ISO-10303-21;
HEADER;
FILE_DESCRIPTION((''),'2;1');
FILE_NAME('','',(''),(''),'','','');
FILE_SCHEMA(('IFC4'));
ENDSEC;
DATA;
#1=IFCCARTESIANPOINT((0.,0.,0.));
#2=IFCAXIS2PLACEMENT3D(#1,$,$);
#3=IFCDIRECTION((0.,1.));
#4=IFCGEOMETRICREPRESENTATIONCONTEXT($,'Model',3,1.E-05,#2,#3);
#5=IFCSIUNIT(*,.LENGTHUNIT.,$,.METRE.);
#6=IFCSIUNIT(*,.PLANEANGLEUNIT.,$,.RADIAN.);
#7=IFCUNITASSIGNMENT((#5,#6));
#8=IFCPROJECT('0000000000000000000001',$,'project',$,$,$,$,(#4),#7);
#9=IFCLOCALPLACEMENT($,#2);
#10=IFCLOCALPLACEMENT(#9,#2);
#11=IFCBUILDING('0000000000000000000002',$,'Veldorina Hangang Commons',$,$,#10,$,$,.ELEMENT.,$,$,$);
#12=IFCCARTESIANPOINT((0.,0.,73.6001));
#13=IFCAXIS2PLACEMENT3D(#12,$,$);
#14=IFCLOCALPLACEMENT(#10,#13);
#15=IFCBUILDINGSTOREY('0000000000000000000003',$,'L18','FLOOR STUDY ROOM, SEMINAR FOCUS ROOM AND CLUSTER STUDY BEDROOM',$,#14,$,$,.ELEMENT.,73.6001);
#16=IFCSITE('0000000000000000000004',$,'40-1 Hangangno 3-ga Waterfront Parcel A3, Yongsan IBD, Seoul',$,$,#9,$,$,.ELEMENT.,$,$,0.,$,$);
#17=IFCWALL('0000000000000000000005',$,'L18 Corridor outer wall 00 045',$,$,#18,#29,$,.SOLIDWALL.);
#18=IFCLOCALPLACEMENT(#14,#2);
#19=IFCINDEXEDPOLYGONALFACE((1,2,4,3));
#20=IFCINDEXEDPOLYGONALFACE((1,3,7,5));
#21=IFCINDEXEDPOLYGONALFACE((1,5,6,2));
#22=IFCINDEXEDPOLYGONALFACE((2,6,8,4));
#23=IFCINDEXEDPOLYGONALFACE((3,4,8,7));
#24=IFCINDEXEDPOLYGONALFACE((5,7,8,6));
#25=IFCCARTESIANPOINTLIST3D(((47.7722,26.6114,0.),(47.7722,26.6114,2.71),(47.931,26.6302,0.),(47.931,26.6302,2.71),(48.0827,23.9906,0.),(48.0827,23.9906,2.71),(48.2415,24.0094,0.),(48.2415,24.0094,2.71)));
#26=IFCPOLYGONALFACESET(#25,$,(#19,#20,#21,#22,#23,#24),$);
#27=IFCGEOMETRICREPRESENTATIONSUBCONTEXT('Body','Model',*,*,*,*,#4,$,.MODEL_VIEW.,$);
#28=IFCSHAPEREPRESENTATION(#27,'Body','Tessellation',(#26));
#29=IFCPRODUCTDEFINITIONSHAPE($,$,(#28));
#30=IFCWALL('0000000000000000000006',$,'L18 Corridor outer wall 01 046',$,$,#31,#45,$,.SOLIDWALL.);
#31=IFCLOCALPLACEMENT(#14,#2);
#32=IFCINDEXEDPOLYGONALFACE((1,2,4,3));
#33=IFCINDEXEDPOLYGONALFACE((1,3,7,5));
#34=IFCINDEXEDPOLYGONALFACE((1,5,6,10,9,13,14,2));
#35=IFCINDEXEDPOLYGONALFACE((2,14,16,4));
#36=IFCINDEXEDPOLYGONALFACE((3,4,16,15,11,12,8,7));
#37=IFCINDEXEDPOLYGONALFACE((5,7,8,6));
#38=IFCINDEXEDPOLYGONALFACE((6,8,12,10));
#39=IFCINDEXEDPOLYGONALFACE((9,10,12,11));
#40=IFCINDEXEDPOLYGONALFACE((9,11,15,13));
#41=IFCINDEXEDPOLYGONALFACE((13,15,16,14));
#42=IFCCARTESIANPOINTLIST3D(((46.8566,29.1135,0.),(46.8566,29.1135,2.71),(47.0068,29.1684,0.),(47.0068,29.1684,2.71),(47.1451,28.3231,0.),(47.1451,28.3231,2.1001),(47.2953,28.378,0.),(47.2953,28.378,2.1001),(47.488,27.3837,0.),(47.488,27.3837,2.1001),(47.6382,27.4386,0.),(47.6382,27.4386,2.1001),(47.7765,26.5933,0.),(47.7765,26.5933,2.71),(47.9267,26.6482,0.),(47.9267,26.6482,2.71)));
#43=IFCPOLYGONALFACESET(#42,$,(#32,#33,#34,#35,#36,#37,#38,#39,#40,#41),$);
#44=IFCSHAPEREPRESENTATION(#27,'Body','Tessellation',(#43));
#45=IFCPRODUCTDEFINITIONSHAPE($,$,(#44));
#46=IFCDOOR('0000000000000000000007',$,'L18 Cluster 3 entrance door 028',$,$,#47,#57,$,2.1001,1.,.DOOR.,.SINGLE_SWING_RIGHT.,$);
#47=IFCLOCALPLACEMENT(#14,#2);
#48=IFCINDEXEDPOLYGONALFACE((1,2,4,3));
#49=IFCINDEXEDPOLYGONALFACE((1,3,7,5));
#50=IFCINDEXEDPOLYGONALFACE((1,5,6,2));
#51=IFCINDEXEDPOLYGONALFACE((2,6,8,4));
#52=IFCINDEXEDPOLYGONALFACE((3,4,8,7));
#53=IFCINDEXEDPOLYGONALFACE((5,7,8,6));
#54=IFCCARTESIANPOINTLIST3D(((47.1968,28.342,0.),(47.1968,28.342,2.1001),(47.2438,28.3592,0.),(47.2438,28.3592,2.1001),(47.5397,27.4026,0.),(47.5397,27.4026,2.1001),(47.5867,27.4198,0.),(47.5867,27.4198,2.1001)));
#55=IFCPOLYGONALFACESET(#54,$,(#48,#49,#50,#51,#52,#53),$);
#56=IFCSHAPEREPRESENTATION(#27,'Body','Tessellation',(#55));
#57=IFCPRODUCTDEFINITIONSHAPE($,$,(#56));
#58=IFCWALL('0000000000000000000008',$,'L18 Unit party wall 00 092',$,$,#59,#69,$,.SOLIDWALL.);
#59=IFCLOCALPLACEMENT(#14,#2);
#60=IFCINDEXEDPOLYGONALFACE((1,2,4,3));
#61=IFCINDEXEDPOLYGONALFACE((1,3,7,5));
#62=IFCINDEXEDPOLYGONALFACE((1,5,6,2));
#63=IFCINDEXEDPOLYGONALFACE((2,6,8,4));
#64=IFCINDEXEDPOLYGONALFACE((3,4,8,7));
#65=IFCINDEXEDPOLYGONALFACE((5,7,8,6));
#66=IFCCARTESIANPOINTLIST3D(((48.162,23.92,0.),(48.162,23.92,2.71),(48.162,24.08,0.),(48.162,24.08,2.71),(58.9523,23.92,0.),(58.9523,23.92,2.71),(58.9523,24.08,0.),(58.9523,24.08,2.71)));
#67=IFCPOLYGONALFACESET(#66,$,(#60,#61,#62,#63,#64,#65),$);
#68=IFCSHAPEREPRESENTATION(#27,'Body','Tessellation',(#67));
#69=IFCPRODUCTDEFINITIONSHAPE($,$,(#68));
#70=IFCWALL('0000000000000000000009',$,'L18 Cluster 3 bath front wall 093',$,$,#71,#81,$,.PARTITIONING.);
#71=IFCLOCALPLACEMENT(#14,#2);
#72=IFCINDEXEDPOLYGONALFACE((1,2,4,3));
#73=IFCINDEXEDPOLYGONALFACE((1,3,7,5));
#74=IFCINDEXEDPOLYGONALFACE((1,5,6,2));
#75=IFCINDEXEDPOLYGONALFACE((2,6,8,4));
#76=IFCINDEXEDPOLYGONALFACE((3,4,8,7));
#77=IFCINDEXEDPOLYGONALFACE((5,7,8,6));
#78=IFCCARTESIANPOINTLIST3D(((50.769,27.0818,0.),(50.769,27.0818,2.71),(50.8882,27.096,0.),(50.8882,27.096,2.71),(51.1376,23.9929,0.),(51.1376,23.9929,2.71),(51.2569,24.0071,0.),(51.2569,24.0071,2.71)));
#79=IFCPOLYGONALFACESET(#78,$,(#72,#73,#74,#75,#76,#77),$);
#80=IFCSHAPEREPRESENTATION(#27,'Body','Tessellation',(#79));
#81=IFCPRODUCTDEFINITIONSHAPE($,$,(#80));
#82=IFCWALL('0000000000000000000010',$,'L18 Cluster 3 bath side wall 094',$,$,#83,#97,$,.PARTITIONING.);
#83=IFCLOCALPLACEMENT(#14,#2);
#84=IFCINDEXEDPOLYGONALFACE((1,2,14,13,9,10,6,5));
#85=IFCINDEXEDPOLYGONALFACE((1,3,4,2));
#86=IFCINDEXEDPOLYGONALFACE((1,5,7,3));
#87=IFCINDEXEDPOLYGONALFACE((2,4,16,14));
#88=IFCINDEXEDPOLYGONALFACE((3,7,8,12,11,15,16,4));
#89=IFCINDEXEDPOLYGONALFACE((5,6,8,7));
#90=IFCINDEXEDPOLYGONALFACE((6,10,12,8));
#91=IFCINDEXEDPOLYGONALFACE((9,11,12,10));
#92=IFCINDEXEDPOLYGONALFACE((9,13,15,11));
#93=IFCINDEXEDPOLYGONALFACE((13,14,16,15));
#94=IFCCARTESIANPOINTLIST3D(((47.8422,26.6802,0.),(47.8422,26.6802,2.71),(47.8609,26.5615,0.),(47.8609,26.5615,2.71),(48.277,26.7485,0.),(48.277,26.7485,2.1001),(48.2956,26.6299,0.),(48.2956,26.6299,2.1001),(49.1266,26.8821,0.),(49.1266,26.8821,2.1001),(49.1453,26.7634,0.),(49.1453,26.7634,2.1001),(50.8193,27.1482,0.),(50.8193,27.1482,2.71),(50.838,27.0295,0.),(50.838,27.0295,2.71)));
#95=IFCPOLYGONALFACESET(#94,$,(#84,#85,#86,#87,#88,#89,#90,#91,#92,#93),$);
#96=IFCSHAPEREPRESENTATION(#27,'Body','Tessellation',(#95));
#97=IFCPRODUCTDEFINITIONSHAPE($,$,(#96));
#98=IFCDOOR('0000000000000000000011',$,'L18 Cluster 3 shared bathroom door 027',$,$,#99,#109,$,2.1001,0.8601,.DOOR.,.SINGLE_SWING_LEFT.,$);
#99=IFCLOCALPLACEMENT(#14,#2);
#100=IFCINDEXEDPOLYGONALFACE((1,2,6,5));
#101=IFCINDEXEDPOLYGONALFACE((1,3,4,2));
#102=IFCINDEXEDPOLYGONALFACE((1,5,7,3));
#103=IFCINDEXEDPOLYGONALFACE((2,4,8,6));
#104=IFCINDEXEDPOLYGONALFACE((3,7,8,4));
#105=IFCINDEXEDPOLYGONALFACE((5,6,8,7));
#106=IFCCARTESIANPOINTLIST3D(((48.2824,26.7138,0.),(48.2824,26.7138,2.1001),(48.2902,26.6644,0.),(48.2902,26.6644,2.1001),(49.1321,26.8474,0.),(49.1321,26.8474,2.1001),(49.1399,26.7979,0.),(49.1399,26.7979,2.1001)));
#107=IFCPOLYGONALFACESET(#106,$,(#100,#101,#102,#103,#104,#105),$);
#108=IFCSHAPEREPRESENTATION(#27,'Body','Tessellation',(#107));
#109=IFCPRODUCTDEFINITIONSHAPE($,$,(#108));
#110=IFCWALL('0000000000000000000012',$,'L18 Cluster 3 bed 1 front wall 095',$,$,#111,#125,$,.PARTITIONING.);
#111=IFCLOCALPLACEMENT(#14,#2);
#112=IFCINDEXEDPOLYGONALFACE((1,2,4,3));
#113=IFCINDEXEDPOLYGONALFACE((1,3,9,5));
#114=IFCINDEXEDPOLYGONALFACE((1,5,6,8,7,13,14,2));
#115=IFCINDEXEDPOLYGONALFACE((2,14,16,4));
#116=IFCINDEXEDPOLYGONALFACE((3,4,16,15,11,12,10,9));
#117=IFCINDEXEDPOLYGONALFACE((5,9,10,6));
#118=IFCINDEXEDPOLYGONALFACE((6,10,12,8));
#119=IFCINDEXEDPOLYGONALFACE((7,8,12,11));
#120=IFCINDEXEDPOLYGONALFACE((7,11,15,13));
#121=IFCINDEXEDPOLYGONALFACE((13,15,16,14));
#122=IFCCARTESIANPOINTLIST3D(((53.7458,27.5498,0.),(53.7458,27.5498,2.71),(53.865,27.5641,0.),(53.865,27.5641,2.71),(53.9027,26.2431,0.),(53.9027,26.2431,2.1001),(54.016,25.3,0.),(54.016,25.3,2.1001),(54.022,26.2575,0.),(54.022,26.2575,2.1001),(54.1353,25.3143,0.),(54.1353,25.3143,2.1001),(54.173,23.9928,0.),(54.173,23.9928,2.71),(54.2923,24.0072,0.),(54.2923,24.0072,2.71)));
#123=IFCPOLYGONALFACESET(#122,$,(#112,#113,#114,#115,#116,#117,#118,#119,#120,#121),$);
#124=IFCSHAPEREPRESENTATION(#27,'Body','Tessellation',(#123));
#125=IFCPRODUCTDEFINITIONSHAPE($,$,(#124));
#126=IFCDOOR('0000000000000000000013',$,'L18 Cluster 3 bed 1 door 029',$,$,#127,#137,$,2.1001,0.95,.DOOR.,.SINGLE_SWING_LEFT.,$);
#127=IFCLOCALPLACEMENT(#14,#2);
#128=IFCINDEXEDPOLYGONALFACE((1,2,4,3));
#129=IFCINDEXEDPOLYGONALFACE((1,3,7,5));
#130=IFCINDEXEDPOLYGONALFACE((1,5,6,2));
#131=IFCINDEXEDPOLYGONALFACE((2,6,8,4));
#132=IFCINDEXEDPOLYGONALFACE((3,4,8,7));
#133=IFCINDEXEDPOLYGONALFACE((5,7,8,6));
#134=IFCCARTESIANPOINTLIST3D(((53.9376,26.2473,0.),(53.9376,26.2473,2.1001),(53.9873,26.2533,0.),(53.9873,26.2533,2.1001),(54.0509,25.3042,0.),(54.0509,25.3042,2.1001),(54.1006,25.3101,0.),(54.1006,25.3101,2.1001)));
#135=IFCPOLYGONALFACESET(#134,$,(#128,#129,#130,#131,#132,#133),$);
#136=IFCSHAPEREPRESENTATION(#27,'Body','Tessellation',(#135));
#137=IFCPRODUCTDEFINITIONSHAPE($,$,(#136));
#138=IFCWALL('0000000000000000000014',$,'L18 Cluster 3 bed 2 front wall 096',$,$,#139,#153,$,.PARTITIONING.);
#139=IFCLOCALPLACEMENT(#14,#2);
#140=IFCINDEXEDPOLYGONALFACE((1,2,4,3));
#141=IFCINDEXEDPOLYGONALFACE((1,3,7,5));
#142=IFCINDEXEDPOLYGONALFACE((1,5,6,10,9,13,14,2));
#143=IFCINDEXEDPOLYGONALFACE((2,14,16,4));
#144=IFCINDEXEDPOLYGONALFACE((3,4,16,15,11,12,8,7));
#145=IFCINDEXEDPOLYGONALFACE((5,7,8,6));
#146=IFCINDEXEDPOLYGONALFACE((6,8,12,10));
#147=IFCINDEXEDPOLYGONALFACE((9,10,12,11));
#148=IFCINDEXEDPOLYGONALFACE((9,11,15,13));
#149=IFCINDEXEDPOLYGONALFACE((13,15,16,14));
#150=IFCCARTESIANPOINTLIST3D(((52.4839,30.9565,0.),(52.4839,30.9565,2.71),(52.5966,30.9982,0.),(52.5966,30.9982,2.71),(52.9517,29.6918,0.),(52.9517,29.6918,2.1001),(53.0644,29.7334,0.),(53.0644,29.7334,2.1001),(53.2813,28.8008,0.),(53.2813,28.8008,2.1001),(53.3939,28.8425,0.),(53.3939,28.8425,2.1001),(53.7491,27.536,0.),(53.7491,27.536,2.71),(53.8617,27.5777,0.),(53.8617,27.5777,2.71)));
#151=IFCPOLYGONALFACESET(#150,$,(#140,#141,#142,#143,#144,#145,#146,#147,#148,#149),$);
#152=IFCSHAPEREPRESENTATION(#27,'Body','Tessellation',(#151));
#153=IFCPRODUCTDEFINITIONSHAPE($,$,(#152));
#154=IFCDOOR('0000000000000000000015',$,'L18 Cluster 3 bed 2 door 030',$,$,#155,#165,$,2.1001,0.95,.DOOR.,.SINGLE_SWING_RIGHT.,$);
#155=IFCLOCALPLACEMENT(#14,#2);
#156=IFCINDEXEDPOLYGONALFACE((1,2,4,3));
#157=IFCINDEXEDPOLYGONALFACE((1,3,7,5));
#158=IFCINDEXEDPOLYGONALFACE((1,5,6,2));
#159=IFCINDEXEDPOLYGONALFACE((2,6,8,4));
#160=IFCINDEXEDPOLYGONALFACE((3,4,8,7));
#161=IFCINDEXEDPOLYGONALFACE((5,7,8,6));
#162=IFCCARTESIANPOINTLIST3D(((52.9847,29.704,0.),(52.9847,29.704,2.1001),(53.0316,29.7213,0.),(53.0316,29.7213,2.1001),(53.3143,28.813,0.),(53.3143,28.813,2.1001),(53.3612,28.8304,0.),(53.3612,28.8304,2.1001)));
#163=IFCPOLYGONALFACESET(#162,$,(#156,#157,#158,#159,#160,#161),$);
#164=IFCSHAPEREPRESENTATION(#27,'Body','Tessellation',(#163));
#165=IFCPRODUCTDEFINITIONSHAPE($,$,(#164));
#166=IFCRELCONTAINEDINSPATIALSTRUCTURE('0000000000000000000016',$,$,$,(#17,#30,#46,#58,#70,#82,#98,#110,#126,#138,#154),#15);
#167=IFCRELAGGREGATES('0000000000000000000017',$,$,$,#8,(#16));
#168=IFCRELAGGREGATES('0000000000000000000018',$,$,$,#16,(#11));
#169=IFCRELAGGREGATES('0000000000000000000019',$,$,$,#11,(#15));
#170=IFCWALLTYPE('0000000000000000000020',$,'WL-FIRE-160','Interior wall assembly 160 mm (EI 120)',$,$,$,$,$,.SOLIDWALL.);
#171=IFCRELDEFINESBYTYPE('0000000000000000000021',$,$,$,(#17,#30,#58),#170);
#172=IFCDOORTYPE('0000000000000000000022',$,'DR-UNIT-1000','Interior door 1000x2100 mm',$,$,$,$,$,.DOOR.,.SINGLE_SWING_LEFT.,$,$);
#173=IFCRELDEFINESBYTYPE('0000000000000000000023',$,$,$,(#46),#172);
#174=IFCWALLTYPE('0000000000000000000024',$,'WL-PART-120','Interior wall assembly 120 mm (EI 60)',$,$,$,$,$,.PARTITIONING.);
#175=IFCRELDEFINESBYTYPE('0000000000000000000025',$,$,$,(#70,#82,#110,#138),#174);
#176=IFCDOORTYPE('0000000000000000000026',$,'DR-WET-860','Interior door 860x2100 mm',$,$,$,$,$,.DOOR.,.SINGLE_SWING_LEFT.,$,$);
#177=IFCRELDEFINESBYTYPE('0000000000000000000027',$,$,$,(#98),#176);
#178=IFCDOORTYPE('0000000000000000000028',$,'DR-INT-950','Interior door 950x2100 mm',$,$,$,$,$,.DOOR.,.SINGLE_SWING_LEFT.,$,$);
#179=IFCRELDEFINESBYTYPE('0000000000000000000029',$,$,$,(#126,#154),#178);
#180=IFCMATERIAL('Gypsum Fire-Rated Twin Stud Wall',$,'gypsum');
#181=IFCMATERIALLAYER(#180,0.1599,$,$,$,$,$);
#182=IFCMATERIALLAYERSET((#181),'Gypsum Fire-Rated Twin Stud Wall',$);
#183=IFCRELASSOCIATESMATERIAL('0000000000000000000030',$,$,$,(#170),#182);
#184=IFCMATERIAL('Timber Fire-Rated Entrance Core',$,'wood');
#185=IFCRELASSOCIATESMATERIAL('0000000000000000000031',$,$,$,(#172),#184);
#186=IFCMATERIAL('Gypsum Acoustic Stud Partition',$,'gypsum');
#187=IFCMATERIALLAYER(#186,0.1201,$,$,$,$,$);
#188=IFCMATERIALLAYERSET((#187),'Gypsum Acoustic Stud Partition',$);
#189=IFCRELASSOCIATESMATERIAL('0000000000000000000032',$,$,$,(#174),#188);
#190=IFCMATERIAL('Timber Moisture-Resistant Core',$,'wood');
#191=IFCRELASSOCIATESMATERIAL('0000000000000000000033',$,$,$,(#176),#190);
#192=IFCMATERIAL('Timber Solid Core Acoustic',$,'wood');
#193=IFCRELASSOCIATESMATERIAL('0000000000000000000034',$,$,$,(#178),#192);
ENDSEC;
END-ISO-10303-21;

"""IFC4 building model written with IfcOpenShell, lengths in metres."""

from ifc_helpers import new_model, si_unit, direction, frame, frame_2d, origin, place, context, subcontext, project, spatial, rectangle, extrude, material, layer, layer_set, type_object, element, fill, save


model = new_model("IFC4")

# Units and contexts
model_context = context("Model", 3, precision=1e-05, world=origin(), true_north=direction((0.0, 1.0)))
body_context = subcontext(model_context, "Body", "Model", "MODEL_VIEW")
ifc_project = project(units=[si_unit("LENGTHUNIT", "METRE"), si_unit("PLANEANGLEUNIT", "RADIAN")], contexts=[model_context])

# Site, building, storey
site_placement = place(None, origin())
site = spatial("IfcSite", under=ifc_project, at=site_placement, Name="40-1 Hangangno 3-ga Waterfront Parcel A3, Yongsan IBD, Seoul", CompositionType="ELEMENT", RefElevation=0.0)
building_placement = place(site_placement, origin())
building = spatial("IfcBuilding", under=site, at=building_placement, Name="Veldorina Hangang Commons", CompositionType="ELEMENT")
storey_placement = place(building_placement, frame((0.0, 0.0, 73.6001)))
storey = spatial("IfcBuildingStorey", under=building, at=storey_placement, Name="L18", Description="FLOOR STUDY ROOM, SEMINAR FOCUS ROOM AND CLUSTER STUDY BEDROOM", CompositionType="ELEMENT", Elevation=73.6001)

# Wall
ifc_material_1 = material(Name="Gypsum Fire-Rated Twin Stud Wall", Category="gypsum")
ifc_layer_1 = layer(ifc_material_1, 0.1599)
ifc_layer_set_1 = layer_set([ifc_layer_1], Name="Gypsum Fire-Rated Twin Stud Wall")
wall_type_1 = type_object("IfcWallType", Name="WL-FIRE-160", Description="Interior wall assembly 160 mm (EI 120)", PredefinedType="SOLIDWALL", material=ifc_layer_set_1)
wall_1_placement = place(storey_placement, frame((48.1621, 24.0, 0.0), z_axis=(0.0, 0.0, 1.0), x_axis=(-0.117668, 0.993053, 0.0)))
element("IfcWall", 1, at=wall_1_placement, inside=storey, type_object=wall_type_1, Name="L18 Corridor outer wall 00 045", PredefinedType="SOLIDWALL", context=body_context, shape_type="SweptSolid", body=[
    extrude(rectangle(XDim=2.6392, YDim=0.1599, at=frame_2d((1.3196, 0.0))), origin(), (0.0, 0.0, 1.0), 2.71),
])

# Wall, opening, door
wall_2_placement = place(storey_placement, frame((47.8516, 26.6208, 0.0), z_axis=(0.0, 0.0, 1.0), x_axis=(-0.342883, 0.939378, 0.0)))
wall_2 = element("IfcWall", 2, at=wall_2_placement, inside=storey, type_object=wall_type_1, Name="L18 Corridor outer wall 01 046", PredefinedType="SOLIDWALL", context=body_context, shape_type="SweptSolid", body=[
    extrude(rectangle(XDim=2.6829, YDim=0.1599, at=frame_2d((1.3413, 0.0))), origin(), (0.0, 0.0, 1.0), 2.71),
])
opening_1_placement = place(wall_2_placement, frame((0.8413, 0.0, 0.0)))
opening_1 = element("IfcOpeningElement", 3, at=opening_1_placement, cuts=wall_2, PredefinedType="OPENING", context=body_context, shape_type="SweptSolid", body=[
    extrude(rectangle(XDim=1.0, YDim=2.1001, at=frame_2d((0.5, 1.05))), frame((0.0, 0.0898, 0.0), z_axis=(0.0, -1.0, 0.0), x_axis=(1.0, 0.0, 0.0)), (0.0, 0.0, 1.0), 0.1799),
])
ifc_material_2 = material(Name="Timber Fire-Rated Entrance Core", Category="wood")
door_type_1 = type_object("IfcDoorType", Name="DR-UNIT-1000", Description="Interior door 1000x2100 mm", OperationType="SINGLE_SWING_LEFT", PredefinedType="DOOR", material=ifc_material_2)
door_1_placement = place(opening_1_placement, origin())
door_1 = element("IfcDoor", 4, at=door_1_placement, inside=storey, type_object=door_type_1, Name="L18 Cluster 3 entrance door 028", OperationType="SINGLE_SWING_RIGHT", OverallHeight=2.1001, OverallWidth=1.0, PredefinedType="DOOR", context=body_context, shape_type="SweptSolid", body=[
    extrude(rectangle(XDim=1.0, YDim=2.1001, at=frame_2d((0.5, 1.05))), frame((0.0, 0.0249, 0.0), z_axis=(0.0, -1.0, 0.0), x_axis=(1.0, 0.0, 0.0)), (0.0, 0.0, 1.0), 0.05),
])
fill(opening_1, door_1)

# Walls
wall_3_placement = place(storey_placement, frame((48.1621, 24.0, 0.0), z_axis=(0.0, 0.0, 1.0), x_axis=(1.0, 0.0, 0.0)))
element("IfcWall", 5, at=wall_3_placement, inside=storey, type_object=wall_type_1, Name="L18 Unit party wall 00 092", PredefinedType="SOLIDWALL", context=body_context, shape_type="SweptSolid", body=[
    extrude(rectangle(XDim=10.7903, YDim=0.1599, at=frame_2d((5.395, 0.0))), origin(), (0.0, 0.0, 1.0), 2.71),
])
ifc_material_3 = material(Name="Gypsum Acoustic Stud Partition", Category="gypsum")
ifc_layer_2 = layer(ifc_material_3, 0.1201)
ifc_layer_set_2 = layer_set([ifc_layer_2], Name="Gypsum Acoustic Stud Partition")
wall_type_2 = type_object("IfcWallType", Name="WL-PART-120", Description="Interior wall assembly 120 mm (EI 60)", PredefinedType="PARTITIONING", material=ifc_layer_set_2)
wall_4_placement = place(storey_placement, frame((51.1973, 24.0, 0.0), z_axis=(0.0, 0.0, 1.0), x_axis=(-0.118508, 0.992953, 0.0)))
element("IfcWall", 6, at=wall_4_placement, inside=storey, type_object=wall_type_2, Name="L18 Cluster 3 bath front wall 093", PredefinedType="PARTITIONING", context=body_context, shape_type="SweptSolid", body=[
    extrude(rectangle(XDim=3.1108, YDim=0.1201, at=frame_2d((1.5554, 0.0))), origin(), (0.0, 0.0, 1.0), 2.71),
])

# Walls, openings, doors
wall_5_placement = place(storey_placement, frame((47.8516, 26.6208, 0.0), z_axis=(0.0, 0.0, 1.0), x_axis=(0.987867, 0.155301, 0.0)))
wall_5 = element("IfcWall", 7, at=wall_5_placement, inside=storey, type_object=wall_type_2, Name="L18 Cluster 3 bath side wall 094", PredefinedType="PARTITIONING", context=body_context, shape_type="SweptSolid", body=[
    extrude(rectangle(XDim=3.0137, YDim=0.1201, at=frame_2d((1.5068, 0.0))), origin(), (0.0, 0.0, 1.0), 2.71),
])
opening_2_placement = place(wall_5_placement, frame((0.4399, 0.0, 0.0)))
opening_2 = element("IfcOpeningElement", 8, at=opening_2_placement, cuts=wall_5, PredefinedType="OPENING", context=body_context, shape_type="SweptSolid", body=[
    extrude(rectangle(XDim=0.8601, YDim=2.1001, at=frame_2d((0.4302, 1.05))), frame((0.0, 0.0701, 0.0), z_axis=(0.0, -1.0, 0.0), x_axis=(1.0, 0.0, 0.0)), (0.0, 0.0, 1.0), 0.1401),
])
ifc_material_4 = material(Name="Timber Moisture-Resistant Core", Category="wood")
door_type_2 = type_object("IfcDoorType", Name="DR-WET-860", Description="Interior door 860x2100 mm", OperationType="SINGLE_SWING_LEFT", PredefinedType="DOOR", material=ifc_material_4)
door_2_placement = place(opening_2_placement, origin())
door_2 = element("IfcDoor", 9, at=door_2_placement, inside=storey, type_object=door_type_2, Name="L18 Cluster 3 shared bathroom door 027", OperationType="SINGLE_SWING_LEFT", OverallHeight=2.1001, OverallWidth=0.8601, PredefinedType="DOOR", context=body_context, shape_type="SweptSolid", body=[
    extrude(rectangle(XDim=0.8601, YDim=2.1001, at=frame_2d((0.4302, 1.05))), frame((0.0, 0.0249, 0.0), z_axis=(0.0, -1.0, 0.0), x_axis=(1.0, 0.0, 0.0)), (0.0, 0.0, 1.0), 0.05),
])
fill(opening_2, door_2)
wall_6_placement = place(storey_placement, frame((54.2327, 24.0, 0.0), z_axis=(0.0, 0.0, 1.0), x_axis=(-0.119261, 0.992863, 0.0)))
wall_6 = element("IfcWall", 10, at=wall_6_placement, inside=storey, type_object=wall_type_2, Name="L18 Cluster 3 bed 1 front wall 095", PredefinedType="PARTITIONING", context=body_context, shape_type="SweptSolid", body=[
    extrude(rectangle(XDim=3.5825, YDim=0.1201, at=frame_2d((1.7913, 0.0))), origin(), (0.0, 0.0, 1.0), 2.71),
])
opening_3_placement = place(wall_6_placement, frame((1.3164, 0.0, 0.0)))
opening_3 = element("IfcOpeningElement", 11, at=opening_3_placement, cuts=wall_6, PredefinedType="OPENING", context=body_context, shape_type="SweptSolid", body=[
    extrude(rectangle(XDim=0.95, YDim=2.1001, at=frame_2d((0.4751, 1.05))), frame((0.0, 0.0701, 0.0), z_axis=(0.0, -1.0, 0.0), x_axis=(1.0, 0.0, 0.0)), (0.0, 0.0, 1.0), 0.1401),
])
ifc_material_5 = material(Name="Timber Solid Core Acoustic", Category="wood")
door_type_3 = type_object("IfcDoorType", Name="DR-INT-950", Description="Interior door 950x2100 mm", OperationType="SINGLE_SWING_LEFT", PredefinedType="DOOR", material=ifc_material_5)
door_3_placement = place(opening_3_placement, origin())
door_3 = element("IfcDoor", 12, at=door_3_placement, inside=storey, type_object=door_type_3, Name="L18 Cluster 3 bed 1 door 029", OperationType="SINGLE_SWING_LEFT", OverallHeight=2.1001, OverallWidth=0.95, PredefinedType="DOOR", context=body_context, shape_type="SweptSolid", body=[
    extrude(rectangle(XDim=0.95, YDim=2.1001, at=frame_2d((0.4751, 1.05))), frame((0.0, 0.0249, 0.0), z_axis=(0.0, -1.0, 0.0), x_axis=(1.0, 0.0, 0.0)), (0.0, 0.0, 1.0), 0.05),
])
fill(opening_3, door_3)
wall_7_placement = place(storey_placement, frame((53.8054, 27.5569, 0.0), z_axis=(0.0, 0.0, 1.0), x_axis=(-0.346909, 0.937899, 0.0)))
wall_7 = element("IfcWall", 13, at=wall_7_placement, inside=storey, type_object=wall_type_2, Name="L18 Cluster 3 bed 2 front wall 096", PredefinedType="PARTITIONING", context=body_context, shape_type="SweptSolid", body=[
    extrude(rectangle(XDim=3.647, YDim=0.1201, at=frame_2d((1.8235, 0.0))), origin(), (0.0, 0.0, 1.0), 2.71),
])
opening_4_placement = place(wall_7_placement, frame((1.3484, 0.0, 0.0)))
opening_4 = element("IfcOpeningElement", 14, at=opening_4_placement, cuts=wall_7, PredefinedType="OPENING", context=body_context, shape_type="SweptSolid", body=[
    extrude(rectangle(XDim=0.95, YDim=2.1001, at=frame_2d((0.4751, 1.05))), frame((0.0, 0.0701, 0.0), z_axis=(0.0, -1.0, 0.0), x_axis=(1.0, 0.0, 0.0)), (0.0, 0.0, 1.0), 0.1401),
])
door_4_placement = place(opening_4_placement, origin())
door_4 = element("IfcDoor", 15, at=door_4_placement, inside=storey, type_object=door_type_3, Name="L18 Cluster 3 bed 2 door 030", OperationType="SINGLE_SWING_RIGHT", OverallHeight=2.1001, OverallWidth=0.95, PredefinedType="DOOR", context=body_context, shape_type="SweptSolid", body=[
    extrude(rectangle(XDim=0.95, YDim=2.1001, at=frame_2d((0.4751, 1.05))), frame((0.0, 0.0249, 0.0), z_axis=(0.0, -1.0, 0.0), x_axis=(1.0, 0.0, 0.0)), (0.0, 0.0, 1.0), 0.05),
])
fill(opening_4, door_4)

save(model, "model.ifc")
